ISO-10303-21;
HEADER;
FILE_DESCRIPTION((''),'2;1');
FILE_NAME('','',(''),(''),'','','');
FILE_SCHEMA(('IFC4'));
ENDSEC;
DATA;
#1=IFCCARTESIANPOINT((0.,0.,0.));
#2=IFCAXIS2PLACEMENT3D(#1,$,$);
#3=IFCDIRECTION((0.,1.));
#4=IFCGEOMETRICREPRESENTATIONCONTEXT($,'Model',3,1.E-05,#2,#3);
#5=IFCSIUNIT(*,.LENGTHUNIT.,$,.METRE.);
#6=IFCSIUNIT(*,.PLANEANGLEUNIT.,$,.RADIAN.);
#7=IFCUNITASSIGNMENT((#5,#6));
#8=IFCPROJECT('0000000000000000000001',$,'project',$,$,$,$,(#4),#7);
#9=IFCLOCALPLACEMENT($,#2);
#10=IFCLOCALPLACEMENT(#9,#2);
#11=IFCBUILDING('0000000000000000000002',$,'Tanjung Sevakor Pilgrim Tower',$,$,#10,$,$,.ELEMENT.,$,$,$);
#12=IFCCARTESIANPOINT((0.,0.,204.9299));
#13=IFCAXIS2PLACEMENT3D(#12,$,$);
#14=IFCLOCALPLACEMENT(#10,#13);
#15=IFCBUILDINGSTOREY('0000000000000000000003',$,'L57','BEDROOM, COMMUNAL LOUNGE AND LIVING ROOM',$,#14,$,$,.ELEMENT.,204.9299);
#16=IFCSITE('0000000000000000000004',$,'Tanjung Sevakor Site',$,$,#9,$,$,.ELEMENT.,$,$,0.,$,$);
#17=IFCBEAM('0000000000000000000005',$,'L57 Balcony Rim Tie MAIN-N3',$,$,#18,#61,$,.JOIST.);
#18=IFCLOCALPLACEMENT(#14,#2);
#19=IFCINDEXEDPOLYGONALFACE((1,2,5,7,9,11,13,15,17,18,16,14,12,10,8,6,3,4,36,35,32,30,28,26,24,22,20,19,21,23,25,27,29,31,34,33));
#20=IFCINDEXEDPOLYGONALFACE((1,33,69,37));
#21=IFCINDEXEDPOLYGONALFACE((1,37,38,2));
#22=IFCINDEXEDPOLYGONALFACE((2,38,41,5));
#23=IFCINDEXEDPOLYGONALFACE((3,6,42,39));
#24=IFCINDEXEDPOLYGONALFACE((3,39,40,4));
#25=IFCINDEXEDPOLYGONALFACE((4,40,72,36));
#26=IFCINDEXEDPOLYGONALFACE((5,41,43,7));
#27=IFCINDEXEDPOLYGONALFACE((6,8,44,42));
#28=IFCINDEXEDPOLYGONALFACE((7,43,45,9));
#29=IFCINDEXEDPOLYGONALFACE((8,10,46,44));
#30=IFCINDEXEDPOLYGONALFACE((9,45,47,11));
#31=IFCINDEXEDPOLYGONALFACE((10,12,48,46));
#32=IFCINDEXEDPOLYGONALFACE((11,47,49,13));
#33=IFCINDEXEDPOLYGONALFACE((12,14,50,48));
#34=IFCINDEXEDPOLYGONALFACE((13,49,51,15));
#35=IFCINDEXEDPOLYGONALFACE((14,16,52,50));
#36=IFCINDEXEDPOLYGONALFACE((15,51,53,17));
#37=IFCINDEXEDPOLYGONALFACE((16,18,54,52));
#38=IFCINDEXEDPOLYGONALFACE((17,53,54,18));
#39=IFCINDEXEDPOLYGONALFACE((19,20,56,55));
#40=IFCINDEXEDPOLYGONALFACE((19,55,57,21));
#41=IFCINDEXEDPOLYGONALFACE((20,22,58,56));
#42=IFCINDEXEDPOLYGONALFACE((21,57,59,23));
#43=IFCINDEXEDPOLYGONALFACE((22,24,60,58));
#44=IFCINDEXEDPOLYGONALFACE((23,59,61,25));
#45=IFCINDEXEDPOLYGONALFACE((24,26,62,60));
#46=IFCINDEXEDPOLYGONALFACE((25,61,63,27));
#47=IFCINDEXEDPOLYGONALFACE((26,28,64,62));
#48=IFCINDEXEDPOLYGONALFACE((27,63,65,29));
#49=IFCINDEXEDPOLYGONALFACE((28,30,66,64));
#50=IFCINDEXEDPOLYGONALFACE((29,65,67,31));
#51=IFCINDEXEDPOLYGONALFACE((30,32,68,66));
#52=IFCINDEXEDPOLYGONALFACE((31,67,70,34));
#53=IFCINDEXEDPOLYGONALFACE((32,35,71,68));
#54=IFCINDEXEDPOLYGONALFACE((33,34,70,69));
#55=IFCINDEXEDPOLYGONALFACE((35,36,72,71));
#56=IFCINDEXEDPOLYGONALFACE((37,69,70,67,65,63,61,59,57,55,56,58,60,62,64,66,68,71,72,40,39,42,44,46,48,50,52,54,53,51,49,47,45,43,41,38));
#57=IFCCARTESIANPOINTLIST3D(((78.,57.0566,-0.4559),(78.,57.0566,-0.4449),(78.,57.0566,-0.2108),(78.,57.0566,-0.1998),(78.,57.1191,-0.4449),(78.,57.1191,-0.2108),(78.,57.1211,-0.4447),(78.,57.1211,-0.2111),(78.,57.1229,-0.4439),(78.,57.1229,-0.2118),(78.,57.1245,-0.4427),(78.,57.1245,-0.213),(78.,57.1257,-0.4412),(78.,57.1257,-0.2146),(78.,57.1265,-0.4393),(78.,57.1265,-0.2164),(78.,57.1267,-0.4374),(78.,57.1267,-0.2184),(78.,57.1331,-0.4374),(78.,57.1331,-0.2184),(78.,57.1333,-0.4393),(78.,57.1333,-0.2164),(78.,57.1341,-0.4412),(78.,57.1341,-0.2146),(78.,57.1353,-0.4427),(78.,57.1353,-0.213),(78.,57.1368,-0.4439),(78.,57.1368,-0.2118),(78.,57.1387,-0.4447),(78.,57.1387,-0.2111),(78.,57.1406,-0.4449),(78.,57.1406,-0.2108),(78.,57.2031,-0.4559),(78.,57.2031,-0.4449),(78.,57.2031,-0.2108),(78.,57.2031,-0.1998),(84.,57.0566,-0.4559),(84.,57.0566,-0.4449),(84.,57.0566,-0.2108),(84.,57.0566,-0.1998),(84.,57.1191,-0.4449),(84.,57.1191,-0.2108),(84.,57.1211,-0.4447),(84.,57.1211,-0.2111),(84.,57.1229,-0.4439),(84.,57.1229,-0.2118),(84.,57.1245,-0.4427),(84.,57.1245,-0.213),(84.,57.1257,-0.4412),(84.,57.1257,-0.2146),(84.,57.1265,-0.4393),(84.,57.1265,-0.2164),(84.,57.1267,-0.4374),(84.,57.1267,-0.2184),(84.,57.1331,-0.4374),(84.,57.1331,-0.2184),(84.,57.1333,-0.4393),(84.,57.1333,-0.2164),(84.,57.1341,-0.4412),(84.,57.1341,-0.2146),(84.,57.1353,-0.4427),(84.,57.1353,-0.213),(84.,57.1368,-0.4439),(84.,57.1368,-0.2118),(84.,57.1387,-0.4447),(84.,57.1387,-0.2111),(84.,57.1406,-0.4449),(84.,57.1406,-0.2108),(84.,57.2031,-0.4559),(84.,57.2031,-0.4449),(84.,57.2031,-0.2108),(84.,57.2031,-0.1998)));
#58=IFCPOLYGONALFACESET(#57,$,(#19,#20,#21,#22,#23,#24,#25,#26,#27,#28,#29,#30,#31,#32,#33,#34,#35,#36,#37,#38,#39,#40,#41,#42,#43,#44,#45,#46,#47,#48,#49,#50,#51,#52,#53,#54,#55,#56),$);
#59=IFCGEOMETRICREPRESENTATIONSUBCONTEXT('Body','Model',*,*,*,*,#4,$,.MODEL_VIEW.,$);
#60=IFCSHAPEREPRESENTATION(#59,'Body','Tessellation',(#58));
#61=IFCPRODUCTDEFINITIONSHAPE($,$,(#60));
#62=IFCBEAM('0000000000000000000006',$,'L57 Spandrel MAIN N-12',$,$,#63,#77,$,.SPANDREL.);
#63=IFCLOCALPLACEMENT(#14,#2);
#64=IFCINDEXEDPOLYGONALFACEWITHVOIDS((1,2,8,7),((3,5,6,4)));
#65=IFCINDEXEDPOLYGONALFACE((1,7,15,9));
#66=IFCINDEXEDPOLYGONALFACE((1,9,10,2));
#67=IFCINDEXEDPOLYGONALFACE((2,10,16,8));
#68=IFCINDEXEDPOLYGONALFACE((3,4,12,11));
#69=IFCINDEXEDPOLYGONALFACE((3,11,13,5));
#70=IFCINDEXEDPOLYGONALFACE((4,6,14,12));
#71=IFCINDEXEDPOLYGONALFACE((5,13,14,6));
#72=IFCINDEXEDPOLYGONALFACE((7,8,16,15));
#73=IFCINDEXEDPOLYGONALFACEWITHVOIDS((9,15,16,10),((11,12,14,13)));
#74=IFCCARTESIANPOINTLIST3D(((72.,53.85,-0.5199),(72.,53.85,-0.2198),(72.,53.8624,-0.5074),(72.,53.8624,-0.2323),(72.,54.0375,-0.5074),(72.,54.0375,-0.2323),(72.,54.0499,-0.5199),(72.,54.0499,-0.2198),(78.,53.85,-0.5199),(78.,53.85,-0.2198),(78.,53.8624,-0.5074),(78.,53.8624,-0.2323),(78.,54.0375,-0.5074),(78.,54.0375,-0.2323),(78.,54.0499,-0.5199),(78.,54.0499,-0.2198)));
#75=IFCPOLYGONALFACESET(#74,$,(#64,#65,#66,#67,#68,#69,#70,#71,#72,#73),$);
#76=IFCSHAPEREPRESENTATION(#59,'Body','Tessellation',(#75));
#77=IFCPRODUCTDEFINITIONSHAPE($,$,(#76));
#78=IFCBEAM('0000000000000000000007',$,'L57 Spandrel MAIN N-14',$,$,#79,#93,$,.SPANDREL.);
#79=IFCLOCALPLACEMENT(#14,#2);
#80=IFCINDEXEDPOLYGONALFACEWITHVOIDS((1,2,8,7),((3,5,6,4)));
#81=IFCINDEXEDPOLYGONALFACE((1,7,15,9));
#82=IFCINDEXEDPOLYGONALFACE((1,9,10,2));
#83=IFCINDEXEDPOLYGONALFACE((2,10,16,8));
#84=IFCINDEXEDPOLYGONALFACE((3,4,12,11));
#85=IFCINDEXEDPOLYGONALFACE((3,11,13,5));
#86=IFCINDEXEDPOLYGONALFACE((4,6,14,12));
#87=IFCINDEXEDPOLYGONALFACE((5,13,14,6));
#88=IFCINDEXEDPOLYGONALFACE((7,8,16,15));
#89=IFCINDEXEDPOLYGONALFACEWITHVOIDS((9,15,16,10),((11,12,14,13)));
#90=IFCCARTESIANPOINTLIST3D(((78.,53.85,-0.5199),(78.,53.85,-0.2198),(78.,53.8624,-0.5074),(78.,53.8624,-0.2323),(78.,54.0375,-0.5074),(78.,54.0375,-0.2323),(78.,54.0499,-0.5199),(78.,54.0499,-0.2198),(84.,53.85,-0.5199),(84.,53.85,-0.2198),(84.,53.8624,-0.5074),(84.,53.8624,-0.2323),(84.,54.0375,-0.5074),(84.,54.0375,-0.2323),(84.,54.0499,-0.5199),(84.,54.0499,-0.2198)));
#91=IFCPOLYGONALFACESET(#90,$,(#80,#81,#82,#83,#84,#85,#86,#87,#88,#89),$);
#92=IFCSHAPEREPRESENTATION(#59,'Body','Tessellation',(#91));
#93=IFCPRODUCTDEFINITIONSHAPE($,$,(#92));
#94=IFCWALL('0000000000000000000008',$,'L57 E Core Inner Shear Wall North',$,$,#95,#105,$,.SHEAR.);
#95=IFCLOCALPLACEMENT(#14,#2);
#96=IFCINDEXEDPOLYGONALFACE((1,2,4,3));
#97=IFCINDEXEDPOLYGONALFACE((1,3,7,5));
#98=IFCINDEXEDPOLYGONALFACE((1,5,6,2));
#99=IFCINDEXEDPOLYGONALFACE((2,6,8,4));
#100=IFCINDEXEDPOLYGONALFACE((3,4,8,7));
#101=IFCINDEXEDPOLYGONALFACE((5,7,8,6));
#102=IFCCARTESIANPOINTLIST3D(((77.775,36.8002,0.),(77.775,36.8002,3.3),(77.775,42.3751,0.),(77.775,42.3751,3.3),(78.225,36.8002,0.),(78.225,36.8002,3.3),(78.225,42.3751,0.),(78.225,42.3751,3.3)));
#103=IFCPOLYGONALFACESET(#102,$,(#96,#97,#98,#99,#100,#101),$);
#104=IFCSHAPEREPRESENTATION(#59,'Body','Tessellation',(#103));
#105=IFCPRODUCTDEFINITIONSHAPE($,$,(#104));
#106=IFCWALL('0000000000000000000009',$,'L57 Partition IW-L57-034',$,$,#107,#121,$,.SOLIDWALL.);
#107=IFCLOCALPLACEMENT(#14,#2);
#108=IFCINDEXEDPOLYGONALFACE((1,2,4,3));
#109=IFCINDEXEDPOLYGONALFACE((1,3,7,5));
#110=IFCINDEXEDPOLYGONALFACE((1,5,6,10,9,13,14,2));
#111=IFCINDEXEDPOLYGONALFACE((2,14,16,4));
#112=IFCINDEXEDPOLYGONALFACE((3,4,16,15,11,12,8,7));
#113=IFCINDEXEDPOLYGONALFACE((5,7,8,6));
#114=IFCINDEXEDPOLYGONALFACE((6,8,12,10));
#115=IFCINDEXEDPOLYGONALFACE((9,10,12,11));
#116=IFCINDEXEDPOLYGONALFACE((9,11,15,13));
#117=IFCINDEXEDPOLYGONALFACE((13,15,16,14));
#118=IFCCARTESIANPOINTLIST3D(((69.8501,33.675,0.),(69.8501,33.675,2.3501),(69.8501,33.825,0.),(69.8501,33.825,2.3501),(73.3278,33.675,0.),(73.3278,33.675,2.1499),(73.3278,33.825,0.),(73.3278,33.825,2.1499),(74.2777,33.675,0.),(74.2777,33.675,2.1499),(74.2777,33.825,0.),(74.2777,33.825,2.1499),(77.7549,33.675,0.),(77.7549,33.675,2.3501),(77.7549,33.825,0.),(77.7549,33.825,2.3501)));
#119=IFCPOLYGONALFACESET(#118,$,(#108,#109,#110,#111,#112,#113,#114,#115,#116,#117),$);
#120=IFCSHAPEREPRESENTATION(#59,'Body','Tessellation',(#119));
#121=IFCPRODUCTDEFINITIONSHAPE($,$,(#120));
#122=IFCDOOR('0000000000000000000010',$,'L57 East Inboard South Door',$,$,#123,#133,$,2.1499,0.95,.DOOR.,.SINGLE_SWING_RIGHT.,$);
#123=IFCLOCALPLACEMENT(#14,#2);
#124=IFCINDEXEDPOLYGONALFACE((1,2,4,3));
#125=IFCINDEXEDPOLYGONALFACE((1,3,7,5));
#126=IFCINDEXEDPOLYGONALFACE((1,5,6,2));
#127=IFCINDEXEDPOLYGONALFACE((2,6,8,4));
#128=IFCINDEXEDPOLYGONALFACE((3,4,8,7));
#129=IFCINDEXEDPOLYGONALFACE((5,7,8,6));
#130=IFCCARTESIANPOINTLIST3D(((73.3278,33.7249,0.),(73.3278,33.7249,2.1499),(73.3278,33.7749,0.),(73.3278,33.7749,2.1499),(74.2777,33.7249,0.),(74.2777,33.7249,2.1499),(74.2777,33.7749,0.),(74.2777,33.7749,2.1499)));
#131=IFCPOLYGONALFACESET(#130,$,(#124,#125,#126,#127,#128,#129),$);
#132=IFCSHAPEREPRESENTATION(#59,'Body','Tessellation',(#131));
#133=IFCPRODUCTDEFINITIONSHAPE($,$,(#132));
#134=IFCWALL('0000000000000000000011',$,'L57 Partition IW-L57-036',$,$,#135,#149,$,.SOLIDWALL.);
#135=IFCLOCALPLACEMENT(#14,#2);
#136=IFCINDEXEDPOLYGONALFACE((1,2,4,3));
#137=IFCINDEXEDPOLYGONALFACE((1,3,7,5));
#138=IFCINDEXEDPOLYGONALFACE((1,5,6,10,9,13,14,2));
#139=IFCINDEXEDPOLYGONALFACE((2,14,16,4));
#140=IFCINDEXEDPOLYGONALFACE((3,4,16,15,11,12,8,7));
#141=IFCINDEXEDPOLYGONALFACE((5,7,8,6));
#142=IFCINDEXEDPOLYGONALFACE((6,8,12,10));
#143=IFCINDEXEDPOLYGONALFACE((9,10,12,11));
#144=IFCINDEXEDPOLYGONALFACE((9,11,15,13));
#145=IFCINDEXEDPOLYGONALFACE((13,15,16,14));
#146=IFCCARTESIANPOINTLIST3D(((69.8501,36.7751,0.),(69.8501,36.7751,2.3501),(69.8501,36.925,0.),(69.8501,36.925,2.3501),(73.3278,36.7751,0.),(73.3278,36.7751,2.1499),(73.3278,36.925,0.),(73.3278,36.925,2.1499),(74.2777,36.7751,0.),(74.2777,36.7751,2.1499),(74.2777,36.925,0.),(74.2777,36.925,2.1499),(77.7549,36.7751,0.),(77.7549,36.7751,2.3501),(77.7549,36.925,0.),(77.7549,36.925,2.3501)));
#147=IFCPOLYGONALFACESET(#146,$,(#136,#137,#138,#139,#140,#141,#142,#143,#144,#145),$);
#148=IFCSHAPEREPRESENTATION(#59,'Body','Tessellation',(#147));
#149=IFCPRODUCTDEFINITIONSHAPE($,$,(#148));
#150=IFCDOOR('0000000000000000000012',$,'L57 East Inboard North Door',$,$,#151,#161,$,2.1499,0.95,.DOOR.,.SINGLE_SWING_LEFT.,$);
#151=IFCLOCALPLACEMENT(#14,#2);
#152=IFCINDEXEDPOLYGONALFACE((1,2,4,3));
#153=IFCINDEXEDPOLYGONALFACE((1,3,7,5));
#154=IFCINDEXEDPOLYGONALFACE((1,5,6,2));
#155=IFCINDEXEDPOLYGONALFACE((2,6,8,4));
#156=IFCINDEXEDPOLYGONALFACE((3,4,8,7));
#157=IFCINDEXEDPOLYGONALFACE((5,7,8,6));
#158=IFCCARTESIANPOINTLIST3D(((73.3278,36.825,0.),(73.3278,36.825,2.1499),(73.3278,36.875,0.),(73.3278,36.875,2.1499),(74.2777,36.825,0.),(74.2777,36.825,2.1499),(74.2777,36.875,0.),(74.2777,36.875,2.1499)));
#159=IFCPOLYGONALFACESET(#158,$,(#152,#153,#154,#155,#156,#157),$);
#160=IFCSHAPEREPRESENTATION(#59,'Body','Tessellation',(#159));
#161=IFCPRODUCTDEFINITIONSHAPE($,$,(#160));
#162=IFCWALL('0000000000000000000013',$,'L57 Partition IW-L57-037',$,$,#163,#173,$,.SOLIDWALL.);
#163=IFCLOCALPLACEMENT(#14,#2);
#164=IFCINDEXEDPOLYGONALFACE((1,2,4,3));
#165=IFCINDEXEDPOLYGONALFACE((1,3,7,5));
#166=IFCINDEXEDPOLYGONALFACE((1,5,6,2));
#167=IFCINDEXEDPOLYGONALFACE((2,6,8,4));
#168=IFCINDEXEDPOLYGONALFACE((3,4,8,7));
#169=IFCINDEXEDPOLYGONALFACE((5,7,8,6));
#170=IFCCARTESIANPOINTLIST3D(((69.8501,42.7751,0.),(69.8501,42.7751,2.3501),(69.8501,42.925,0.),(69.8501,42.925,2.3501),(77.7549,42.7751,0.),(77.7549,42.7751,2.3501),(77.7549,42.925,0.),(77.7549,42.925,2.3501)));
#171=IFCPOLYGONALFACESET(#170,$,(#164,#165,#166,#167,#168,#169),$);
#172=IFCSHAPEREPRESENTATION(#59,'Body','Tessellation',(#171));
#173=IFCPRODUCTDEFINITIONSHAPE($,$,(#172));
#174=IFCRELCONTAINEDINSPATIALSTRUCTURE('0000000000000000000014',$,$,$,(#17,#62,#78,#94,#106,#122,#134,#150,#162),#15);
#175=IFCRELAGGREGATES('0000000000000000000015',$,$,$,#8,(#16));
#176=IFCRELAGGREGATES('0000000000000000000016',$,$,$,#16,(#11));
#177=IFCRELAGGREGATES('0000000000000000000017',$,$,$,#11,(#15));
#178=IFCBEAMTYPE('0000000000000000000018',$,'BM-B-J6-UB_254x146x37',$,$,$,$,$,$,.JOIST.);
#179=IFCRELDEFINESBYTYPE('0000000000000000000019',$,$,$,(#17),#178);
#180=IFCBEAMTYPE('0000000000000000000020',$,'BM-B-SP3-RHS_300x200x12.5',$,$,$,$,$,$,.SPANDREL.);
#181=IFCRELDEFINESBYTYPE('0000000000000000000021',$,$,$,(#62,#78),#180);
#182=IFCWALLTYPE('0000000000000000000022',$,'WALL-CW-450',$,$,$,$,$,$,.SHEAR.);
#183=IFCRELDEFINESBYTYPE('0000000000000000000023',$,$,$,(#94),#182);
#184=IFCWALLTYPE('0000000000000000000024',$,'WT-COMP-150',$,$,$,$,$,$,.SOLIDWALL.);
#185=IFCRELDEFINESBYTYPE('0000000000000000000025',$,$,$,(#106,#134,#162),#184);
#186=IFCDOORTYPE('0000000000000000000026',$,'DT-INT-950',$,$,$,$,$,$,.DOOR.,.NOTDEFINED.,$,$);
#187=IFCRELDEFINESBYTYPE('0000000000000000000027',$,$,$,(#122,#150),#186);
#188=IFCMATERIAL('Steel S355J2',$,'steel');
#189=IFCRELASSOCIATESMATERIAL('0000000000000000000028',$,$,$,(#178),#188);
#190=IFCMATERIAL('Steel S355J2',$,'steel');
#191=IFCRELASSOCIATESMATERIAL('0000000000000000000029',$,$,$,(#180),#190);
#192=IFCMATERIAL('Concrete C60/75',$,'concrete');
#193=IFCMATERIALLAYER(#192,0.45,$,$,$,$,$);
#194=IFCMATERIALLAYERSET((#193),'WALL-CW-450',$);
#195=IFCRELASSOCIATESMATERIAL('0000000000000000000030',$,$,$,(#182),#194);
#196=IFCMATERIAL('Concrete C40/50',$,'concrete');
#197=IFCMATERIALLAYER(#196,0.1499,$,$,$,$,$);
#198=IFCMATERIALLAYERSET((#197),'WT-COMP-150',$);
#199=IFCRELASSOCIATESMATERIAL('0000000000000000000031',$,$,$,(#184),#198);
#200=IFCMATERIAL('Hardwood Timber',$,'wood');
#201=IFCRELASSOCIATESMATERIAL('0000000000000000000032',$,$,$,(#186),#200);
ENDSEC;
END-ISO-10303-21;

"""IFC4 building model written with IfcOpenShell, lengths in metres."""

from ifc_helpers import new_model, si_unit, direction, frame, frame_2d, origin, origin_2d, place, context, subcontext, project, spatial, rectangle, hollow_rectangle, i_section, extrude, material, layer, layer_set, material_profile, profile_set, type_object, element, fill, save


model = new_model("IFC4")

# Units and contexts
model_context = context("Model", 3, precision=1e-05, world=origin(), true_north=direction((0.0, 1.0)))
body_context = subcontext(model_context, "Body", "Model", "MODEL_VIEW")
ifc_project = project(units=[si_unit("LENGTHUNIT", "METRE"), si_unit("PLANEANGLEUNIT", "RADIAN")], contexts=[model_context])

# Site, building, storey
site_placement = place(None, origin())
site = spatial("IfcSite", under=ifc_project, at=site_placement, Name="Tanjung Sevakor Site", CompositionType="ELEMENT", RefElevation=0.0)
building_placement = place(site_placement, origin())
building = spatial("IfcBuilding", under=site, at=building_placement, Name="Tanjung Sevakor Pilgrim Tower", CompositionType="ELEMENT")
storey_placement = place(building_placement, frame((0.0, 0.0, 204.9299)))
storey = spatial("IfcBuildingStorey", under=building, at=storey_placement, Name="L57", Description="BEDROOM, COMMUNAL LOUNGE AND LIVING ROOM", CompositionType="ELEMENT", Elevation=204.9299)

# Beams
ifc_material_1 = material(Name="Steel S355J2", Category="steel")
ifc_material_profile_1 = material_profile(ifc_material_1, i_section(OverallWidth=0.1465, OverallDepth=0.2561, WebThickness=0.0063, FlangeThickness=0.011, FilletRadius=0.0076, at=origin_2d()))
ifc_profile_set_1 = profile_set([ifc_material_profile_1], Name="Steel S355J2")
beam_type_1 = type_object("IfcBeamType", Name="BM-B-J6-UB_254x146x37", PredefinedType="JOIST", material=ifc_profile_set_1)
beam_1_placement = place(storey_placement, frame((78.0, 57.1299, -0.3279), z_axis=(1.0, 0.0, 0.0), x_axis=(0.0, 1.0, 0.0)))
element("IfcBeam", 1, at=beam_1_placement, inside=storey, type_object=beam_type_1, Name="L57 Balcony Rim Tie MAIN-N3", PredefinedType="JOIST", context=body_context, shape_type="SweptSolid", body=[
    extrude(i_section(OverallWidth=0.1465, OverallDepth=0.2561, WebThickness=0.0063, FlangeThickness=0.011, FilletRadius=0.0076, at=origin_2d()), origin(), (0.0, 0.0, 1.0), 6.0),
])
ifc_material_2 = material(Name="Steel S355J2", Category="steel")
ifc_material_profile_2 = material_profile(ifc_material_2, hollow_rectangle(XDim=0.2, YDim=0.3, WallThickness=0.0125, at=origin_2d()))
ifc_profile_set_2 = profile_set([ifc_material_profile_2], Name="Steel S355J2")
beam_type_2 = type_object("IfcBeamType", Name="BM-B-SP3-RHS_300x200x12.5", PredefinedType="SPANDREL", material=ifc_profile_set_2)
for number, where, z_axis, x_axis, name in (
    (2, (72.0, 53.95, -0.3699), (1.0, 0.0, 0.0), (0.0, 1.0, 0.0), "L57 Spandrel MAIN N-12"),
    (3, (78.0, 53.95, -0.3699), (1.0, 0.0, 0.0), (0.0, 1.0, 0.0), "L57 Spandrel MAIN N-14"),
):
    element("IfcBeam", number, at=place(storey_placement, frame(where, z_axis=z_axis, x_axis=x_axis)), inside=storey, type_object=beam_type_2, Name=name, PredefinedType="SPANDREL", context=body_context, shape_type="SweptSolid", body=[
        extrude(hollow_rectangle(XDim=0.2, YDim=0.3, WallThickness=0.0125, at=origin_2d()), origin(), (0.0, 0.0, 1.0), 6.0),
    ])

# Wall
ifc_material_3 = material(Name="Concrete C60/75", Category="concrete")
ifc_layer_1 = layer(ifc_material_3, 0.45)
ifc_layer_set_1 = layer_set([ifc_layer_1], Name="WALL-CW-450")
wall_type_1 = type_object("IfcWallType", Name="WALL-CW-450", PredefinedType="SHEAR", material=ifc_layer_set_1)
wall_1_placement = place(storey_placement, frame((78.0, 36.8, 0.0), z_axis=(0.0, 0.0, 1.0), x_axis=(0.0, 1.0, 0.0)))
element("IfcWall", 4, at=wall_1_placement, inside=storey, type_object=wall_type_1, Name="L57 E Core Inner Shear Wall North", PredefinedType="SHEAR", context=body_context, shape_type="SweptSolid", body=[
    extrude(rectangle(XDim=5.575, YDim=0.45, at=frame_2d((2.7876, 0.0))), origin(), (0.0, 0.0, 1.0), 3.3),
])

# Walls, openings, doors
ifc_material_4 = material(Name="Concrete C40/50", Category="concrete")
ifc_layer_2 = layer(ifc_material_4, 0.1499)
ifc_layer_set_2 = layer_set([ifc_layer_2], Name="WT-COMP-150")
wall_type_2 = type_object("IfcWallType", Name="WT-COMP-150", PredefinedType="SOLIDWALL", material=ifc_layer_set_2)
wall_2_placement = place(storey_placement, frame((69.8501, 33.75, 0.0), z_axis=(0.0, 0.0, 1.0), x_axis=(1.0, 0.0, 0.0)))
wall_2 = element("IfcWall", 5, at=wall_2_placement, inside=storey, type_object=wall_type_2, Name="L57 Partition IW-L57-034", PredefinedType="SOLIDWALL", context=body_context, shape_type="SweptSolid", body=[
    extrude(rectangle(XDim=7.9048, YDim=0.1499, at=frame_2d((3.9524, 0.0))), origin(), (0.0, 0.0, 1.0), 2.3501),
])
opening_1_placement = place(wall_2_placement, frame((3.4775, 0.0, 0.0)))
opening_1 = element("IfcOpeningElement", 6, at=opening_1_placement, cuts=wall_2, PredefinedType="OPENING", context=body_context, shape_type="SweptSolid", body=[
    extrude(rectangle(XDim=0.95, YDim=2.1499, at=frame_2d((0.4751, 1.075))), frame((0.0, 0.085, 0.0), z_axis=(0.0, -1.0, 0.0), x_axis=(1.0, 0.0, 0.0)), (0.0, 0.0, 1.0), 0.1699),
])
ifc_material_5 = material(Name="Hardwood Timber", Category="wood")
door_type_1 = type_object("IfcDoorType", Name="DT-INT-950", OperationType="NOTDEFINED", PredefinedType="DOOR", material=ifc_material_5)
door_1_placement = place(opening_1_placement, origin())
door_1 = element("IfcDoor", 7, at=door_1_placement, inside=storey, type_object=door_type_1, Name="L57 East Inboard South Door", OperationType="SINGLE_SWING_RIGHT", OverallHeight=2.1499, OverallWidth=0.95, PredefinedType="DOOR", context=body_context, shape_type="SweptSolid", body=[
    extrude(rectangle(XDim=0.95, YDim=2.1499, at=frame_2d((0.4751, 1.075))), frame((0.0, 0.0249, 0.0), z_axis=(0.0, -1.0, 0.0), x_axis=(1.0, 0.0, 0.0)), (0.0, 0.0, 1.0), 0.05),
])
fill(opening_1, door_1)
wall_3_placement = place(storey_placement, frame((69.8501, 36.8501, 0.0), z_axis=(0.0, 0.0, 1.0), x_axis=(1.0, 0.0, 0.0)))
wall_3 = element("IfcWall", 8, at=wall_3_placement, inside=storey, type_object=wall_type_2, Name="L57 Partition IW-L57-036", PredefinedType="SOLIDWALL", context=body_context, shape_type="SweptSolid", body=[
    extrude(rectangle(XDim=7.9048, YDim=0.1499, at=frame_2d((3.9524, 0.0))), origin(), (0.0, 0.0, 1.0), 2.3501),
])
opening_2_placement = place(wall_3_placement, frame((3.4775, 0.0, 0.0)))
opening_2 = element("IfcOpeningElement", 9, at=opening_2_placement, cuts=wall_3, PredefinedType="OPENING", context=body_context, shape_type="SweptSolid", body=[
    extrude(rectangle(XDim=0.95, YDim=2.1499, at=frame_2d((0.4751, 1.075))), frame((0.0, 0.085, 0.0), z_axis=(0.0, -1.0, 0.0), x_axis=(1.0, 0.0, 0.0)), (0.0, 0.0, 1.0), 0.1699),
])
door_2_placement = place(opening_2_placement, origin())
door_2 = element("IfcDoor", 10, at=door_2_placement, inside=storey, type_object=door_type_1, Name="L57 East Inboard North Door", OperationType="SINGLE_SWING_LEFT", OverallHeight=2.1499, OverallWidth=0.95, PredefinedType="DOOR", context=body_context, shape_type="SweptSolid", body=[
    extrude(rectangle(XDim=0.95, YDim=2.1499, at=frame_2d((0.4751, 1.075))), frame((0.0, 0.0249, 0.0), z_axis=(0.0, -1.0, 0.0), x_axis=(1.0, 0.0, 0.0)), (0.0, 0.0, 1.0), 0.05),
])
fill(opening_2, door_2)

# Wall
wall_4_placement = place(storey_placement, frame((69.8501, 42.8501, 0.0), z_axis=(0.0, 0.0, 1.0), x_axis=(1.0, 0.0, 0.0)))
element("IfcWall", 11, at=wall_4_placement, inside=storey, type_object=wall_type_2, Name="L57 Partition IW-L57-037", PredefinedType="SOLIDWALL", context=body_context, shape_type="SweptSolid", body=[
    extrude(rectangle(XDim=7.9048, YDim=0.1499, at=frame_2d((3.9524, 0.0))), origin(), (0.0, 0.0, 1.0), 2.3501),
])

save(model, "model.ifc")
